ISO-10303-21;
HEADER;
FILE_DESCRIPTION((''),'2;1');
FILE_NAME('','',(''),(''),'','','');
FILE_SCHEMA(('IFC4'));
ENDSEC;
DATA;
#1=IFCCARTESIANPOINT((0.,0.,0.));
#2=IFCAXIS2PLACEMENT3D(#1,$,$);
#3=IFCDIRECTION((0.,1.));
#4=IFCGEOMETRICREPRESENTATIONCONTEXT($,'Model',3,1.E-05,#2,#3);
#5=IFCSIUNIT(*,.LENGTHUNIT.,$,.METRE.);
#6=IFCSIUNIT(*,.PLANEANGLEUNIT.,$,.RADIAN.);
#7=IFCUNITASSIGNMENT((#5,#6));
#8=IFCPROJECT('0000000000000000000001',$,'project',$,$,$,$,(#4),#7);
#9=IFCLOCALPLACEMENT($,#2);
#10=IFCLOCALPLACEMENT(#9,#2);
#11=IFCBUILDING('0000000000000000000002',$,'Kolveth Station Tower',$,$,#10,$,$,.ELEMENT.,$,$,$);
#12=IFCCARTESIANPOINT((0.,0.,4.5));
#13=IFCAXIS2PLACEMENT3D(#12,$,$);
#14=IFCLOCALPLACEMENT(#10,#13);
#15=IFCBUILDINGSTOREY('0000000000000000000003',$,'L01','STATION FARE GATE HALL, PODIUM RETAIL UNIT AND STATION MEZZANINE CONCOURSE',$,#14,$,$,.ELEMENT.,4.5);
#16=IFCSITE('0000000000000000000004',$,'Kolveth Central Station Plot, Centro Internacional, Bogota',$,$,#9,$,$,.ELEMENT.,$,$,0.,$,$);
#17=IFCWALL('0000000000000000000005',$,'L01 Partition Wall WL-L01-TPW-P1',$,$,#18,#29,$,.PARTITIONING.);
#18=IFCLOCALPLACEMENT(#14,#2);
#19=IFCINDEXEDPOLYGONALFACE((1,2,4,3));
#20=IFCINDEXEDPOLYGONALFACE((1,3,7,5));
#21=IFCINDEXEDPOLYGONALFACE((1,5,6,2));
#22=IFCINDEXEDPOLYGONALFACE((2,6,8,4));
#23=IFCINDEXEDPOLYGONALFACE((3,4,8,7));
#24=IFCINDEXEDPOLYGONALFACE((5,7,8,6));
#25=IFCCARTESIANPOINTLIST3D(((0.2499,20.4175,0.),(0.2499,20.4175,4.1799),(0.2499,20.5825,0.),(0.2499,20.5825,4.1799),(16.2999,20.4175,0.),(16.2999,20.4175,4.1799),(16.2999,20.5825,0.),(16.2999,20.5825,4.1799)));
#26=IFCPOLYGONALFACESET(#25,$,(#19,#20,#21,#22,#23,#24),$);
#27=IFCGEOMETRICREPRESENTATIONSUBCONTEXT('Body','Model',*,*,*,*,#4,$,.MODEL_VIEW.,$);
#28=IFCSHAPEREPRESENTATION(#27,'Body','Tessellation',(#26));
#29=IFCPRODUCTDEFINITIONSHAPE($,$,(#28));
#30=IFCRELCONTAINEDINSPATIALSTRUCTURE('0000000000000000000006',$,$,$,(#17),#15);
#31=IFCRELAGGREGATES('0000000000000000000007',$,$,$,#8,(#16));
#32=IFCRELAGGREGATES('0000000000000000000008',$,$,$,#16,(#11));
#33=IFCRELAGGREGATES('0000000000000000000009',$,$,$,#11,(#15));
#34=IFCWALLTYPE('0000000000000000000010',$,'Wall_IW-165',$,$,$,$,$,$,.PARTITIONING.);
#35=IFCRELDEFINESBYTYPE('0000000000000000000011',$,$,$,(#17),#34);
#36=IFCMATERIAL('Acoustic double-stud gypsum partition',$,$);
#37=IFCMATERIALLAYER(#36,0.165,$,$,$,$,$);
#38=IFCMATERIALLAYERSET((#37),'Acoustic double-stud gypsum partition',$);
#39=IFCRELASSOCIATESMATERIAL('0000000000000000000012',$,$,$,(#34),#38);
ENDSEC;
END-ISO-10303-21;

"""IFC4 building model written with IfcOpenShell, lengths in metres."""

from ifc_helpers import new_model, si_unit, direction, frame, frame_2d, origin, place, context, subcontext, project, spatial, rectangle, extrude, material, layer, layer_set, type_object, element, save


model = new_model("IFC4")

# Units and contexts
model_context = context("Model", 3, precision=1e-05, world=origin(), true_north=direction((0.0, 1.0)))
body_context = subcontext(model_context, "Body", "Model", "MODEL_VIEW")
ifc_project = project(units=[si_unit("LENGTHUNIT", "METRE"), si_unit("PLANEANGLEUNIT", "RADIAN")], contexts=[model_context])

# Site, building, storey
site_placement = place(None, origin())
site = spatial("IfcSite", under=ifc_project, at=site_placement, Name="Kolveth Central Station Plot, Centro Internacional, Bogota", CompositionType="ELEMENT", RefElevation=0.0)
building_placement = place(site_placement, origin())
building = spatial("IfcBuilding", under=site, at=building_placement, Name="Kolveth Station Tower", CompositionType="ELEMENT")
storey_placement = place(building_placement, frame((0.0, 0.0, 4.5)))
storey = spatial("IfcBuildingStorey", under=building, at=storey_placement, Name="L01", Description="STATION FARE GATE HALL, PODIUM RETAIL UNIT AND STATION MEZZANINE CONCOURSE", CompositionType="ELEMENT", Elevation=4.5)

# Wall
ifc_material_1 = material(Name="Acoustic double-stud gypsum partition")
ifc_layer = layer(ifc_material_1, 0.165)
ifc_layer_set = layer_set([ifc_layer], Name="Acoustic double-stud gypsum partition")
wall_type = type_object("IfcWallType", Name="Wall_IW-165", PredefinedType="PARTITIONING", material=ifc_layer_set)
wall_placement = place(storey_placement, frame((0.25, 20.5, 0.0), z_axis=(0.0, 0.0, 1.0), x_axis=(1.0, 0.0, 0.0)))
element("IfcWall", 1, at=wall_placement, inside=storey, type_object=wall_type, Name="L01 Partition Wall WL-L01-TPW-P1", PredefinedType="PARTITIONING", context=body_context, shape_type="SweptSolid", body=[
    extrude(rectangle(XDim=16.05, YDim=0.165, at=frame_2d((8.0249, 0.0))), origin(), (0.0, 0.0, 1.0), 4.1799),
])

save(model, "model.ifc")
